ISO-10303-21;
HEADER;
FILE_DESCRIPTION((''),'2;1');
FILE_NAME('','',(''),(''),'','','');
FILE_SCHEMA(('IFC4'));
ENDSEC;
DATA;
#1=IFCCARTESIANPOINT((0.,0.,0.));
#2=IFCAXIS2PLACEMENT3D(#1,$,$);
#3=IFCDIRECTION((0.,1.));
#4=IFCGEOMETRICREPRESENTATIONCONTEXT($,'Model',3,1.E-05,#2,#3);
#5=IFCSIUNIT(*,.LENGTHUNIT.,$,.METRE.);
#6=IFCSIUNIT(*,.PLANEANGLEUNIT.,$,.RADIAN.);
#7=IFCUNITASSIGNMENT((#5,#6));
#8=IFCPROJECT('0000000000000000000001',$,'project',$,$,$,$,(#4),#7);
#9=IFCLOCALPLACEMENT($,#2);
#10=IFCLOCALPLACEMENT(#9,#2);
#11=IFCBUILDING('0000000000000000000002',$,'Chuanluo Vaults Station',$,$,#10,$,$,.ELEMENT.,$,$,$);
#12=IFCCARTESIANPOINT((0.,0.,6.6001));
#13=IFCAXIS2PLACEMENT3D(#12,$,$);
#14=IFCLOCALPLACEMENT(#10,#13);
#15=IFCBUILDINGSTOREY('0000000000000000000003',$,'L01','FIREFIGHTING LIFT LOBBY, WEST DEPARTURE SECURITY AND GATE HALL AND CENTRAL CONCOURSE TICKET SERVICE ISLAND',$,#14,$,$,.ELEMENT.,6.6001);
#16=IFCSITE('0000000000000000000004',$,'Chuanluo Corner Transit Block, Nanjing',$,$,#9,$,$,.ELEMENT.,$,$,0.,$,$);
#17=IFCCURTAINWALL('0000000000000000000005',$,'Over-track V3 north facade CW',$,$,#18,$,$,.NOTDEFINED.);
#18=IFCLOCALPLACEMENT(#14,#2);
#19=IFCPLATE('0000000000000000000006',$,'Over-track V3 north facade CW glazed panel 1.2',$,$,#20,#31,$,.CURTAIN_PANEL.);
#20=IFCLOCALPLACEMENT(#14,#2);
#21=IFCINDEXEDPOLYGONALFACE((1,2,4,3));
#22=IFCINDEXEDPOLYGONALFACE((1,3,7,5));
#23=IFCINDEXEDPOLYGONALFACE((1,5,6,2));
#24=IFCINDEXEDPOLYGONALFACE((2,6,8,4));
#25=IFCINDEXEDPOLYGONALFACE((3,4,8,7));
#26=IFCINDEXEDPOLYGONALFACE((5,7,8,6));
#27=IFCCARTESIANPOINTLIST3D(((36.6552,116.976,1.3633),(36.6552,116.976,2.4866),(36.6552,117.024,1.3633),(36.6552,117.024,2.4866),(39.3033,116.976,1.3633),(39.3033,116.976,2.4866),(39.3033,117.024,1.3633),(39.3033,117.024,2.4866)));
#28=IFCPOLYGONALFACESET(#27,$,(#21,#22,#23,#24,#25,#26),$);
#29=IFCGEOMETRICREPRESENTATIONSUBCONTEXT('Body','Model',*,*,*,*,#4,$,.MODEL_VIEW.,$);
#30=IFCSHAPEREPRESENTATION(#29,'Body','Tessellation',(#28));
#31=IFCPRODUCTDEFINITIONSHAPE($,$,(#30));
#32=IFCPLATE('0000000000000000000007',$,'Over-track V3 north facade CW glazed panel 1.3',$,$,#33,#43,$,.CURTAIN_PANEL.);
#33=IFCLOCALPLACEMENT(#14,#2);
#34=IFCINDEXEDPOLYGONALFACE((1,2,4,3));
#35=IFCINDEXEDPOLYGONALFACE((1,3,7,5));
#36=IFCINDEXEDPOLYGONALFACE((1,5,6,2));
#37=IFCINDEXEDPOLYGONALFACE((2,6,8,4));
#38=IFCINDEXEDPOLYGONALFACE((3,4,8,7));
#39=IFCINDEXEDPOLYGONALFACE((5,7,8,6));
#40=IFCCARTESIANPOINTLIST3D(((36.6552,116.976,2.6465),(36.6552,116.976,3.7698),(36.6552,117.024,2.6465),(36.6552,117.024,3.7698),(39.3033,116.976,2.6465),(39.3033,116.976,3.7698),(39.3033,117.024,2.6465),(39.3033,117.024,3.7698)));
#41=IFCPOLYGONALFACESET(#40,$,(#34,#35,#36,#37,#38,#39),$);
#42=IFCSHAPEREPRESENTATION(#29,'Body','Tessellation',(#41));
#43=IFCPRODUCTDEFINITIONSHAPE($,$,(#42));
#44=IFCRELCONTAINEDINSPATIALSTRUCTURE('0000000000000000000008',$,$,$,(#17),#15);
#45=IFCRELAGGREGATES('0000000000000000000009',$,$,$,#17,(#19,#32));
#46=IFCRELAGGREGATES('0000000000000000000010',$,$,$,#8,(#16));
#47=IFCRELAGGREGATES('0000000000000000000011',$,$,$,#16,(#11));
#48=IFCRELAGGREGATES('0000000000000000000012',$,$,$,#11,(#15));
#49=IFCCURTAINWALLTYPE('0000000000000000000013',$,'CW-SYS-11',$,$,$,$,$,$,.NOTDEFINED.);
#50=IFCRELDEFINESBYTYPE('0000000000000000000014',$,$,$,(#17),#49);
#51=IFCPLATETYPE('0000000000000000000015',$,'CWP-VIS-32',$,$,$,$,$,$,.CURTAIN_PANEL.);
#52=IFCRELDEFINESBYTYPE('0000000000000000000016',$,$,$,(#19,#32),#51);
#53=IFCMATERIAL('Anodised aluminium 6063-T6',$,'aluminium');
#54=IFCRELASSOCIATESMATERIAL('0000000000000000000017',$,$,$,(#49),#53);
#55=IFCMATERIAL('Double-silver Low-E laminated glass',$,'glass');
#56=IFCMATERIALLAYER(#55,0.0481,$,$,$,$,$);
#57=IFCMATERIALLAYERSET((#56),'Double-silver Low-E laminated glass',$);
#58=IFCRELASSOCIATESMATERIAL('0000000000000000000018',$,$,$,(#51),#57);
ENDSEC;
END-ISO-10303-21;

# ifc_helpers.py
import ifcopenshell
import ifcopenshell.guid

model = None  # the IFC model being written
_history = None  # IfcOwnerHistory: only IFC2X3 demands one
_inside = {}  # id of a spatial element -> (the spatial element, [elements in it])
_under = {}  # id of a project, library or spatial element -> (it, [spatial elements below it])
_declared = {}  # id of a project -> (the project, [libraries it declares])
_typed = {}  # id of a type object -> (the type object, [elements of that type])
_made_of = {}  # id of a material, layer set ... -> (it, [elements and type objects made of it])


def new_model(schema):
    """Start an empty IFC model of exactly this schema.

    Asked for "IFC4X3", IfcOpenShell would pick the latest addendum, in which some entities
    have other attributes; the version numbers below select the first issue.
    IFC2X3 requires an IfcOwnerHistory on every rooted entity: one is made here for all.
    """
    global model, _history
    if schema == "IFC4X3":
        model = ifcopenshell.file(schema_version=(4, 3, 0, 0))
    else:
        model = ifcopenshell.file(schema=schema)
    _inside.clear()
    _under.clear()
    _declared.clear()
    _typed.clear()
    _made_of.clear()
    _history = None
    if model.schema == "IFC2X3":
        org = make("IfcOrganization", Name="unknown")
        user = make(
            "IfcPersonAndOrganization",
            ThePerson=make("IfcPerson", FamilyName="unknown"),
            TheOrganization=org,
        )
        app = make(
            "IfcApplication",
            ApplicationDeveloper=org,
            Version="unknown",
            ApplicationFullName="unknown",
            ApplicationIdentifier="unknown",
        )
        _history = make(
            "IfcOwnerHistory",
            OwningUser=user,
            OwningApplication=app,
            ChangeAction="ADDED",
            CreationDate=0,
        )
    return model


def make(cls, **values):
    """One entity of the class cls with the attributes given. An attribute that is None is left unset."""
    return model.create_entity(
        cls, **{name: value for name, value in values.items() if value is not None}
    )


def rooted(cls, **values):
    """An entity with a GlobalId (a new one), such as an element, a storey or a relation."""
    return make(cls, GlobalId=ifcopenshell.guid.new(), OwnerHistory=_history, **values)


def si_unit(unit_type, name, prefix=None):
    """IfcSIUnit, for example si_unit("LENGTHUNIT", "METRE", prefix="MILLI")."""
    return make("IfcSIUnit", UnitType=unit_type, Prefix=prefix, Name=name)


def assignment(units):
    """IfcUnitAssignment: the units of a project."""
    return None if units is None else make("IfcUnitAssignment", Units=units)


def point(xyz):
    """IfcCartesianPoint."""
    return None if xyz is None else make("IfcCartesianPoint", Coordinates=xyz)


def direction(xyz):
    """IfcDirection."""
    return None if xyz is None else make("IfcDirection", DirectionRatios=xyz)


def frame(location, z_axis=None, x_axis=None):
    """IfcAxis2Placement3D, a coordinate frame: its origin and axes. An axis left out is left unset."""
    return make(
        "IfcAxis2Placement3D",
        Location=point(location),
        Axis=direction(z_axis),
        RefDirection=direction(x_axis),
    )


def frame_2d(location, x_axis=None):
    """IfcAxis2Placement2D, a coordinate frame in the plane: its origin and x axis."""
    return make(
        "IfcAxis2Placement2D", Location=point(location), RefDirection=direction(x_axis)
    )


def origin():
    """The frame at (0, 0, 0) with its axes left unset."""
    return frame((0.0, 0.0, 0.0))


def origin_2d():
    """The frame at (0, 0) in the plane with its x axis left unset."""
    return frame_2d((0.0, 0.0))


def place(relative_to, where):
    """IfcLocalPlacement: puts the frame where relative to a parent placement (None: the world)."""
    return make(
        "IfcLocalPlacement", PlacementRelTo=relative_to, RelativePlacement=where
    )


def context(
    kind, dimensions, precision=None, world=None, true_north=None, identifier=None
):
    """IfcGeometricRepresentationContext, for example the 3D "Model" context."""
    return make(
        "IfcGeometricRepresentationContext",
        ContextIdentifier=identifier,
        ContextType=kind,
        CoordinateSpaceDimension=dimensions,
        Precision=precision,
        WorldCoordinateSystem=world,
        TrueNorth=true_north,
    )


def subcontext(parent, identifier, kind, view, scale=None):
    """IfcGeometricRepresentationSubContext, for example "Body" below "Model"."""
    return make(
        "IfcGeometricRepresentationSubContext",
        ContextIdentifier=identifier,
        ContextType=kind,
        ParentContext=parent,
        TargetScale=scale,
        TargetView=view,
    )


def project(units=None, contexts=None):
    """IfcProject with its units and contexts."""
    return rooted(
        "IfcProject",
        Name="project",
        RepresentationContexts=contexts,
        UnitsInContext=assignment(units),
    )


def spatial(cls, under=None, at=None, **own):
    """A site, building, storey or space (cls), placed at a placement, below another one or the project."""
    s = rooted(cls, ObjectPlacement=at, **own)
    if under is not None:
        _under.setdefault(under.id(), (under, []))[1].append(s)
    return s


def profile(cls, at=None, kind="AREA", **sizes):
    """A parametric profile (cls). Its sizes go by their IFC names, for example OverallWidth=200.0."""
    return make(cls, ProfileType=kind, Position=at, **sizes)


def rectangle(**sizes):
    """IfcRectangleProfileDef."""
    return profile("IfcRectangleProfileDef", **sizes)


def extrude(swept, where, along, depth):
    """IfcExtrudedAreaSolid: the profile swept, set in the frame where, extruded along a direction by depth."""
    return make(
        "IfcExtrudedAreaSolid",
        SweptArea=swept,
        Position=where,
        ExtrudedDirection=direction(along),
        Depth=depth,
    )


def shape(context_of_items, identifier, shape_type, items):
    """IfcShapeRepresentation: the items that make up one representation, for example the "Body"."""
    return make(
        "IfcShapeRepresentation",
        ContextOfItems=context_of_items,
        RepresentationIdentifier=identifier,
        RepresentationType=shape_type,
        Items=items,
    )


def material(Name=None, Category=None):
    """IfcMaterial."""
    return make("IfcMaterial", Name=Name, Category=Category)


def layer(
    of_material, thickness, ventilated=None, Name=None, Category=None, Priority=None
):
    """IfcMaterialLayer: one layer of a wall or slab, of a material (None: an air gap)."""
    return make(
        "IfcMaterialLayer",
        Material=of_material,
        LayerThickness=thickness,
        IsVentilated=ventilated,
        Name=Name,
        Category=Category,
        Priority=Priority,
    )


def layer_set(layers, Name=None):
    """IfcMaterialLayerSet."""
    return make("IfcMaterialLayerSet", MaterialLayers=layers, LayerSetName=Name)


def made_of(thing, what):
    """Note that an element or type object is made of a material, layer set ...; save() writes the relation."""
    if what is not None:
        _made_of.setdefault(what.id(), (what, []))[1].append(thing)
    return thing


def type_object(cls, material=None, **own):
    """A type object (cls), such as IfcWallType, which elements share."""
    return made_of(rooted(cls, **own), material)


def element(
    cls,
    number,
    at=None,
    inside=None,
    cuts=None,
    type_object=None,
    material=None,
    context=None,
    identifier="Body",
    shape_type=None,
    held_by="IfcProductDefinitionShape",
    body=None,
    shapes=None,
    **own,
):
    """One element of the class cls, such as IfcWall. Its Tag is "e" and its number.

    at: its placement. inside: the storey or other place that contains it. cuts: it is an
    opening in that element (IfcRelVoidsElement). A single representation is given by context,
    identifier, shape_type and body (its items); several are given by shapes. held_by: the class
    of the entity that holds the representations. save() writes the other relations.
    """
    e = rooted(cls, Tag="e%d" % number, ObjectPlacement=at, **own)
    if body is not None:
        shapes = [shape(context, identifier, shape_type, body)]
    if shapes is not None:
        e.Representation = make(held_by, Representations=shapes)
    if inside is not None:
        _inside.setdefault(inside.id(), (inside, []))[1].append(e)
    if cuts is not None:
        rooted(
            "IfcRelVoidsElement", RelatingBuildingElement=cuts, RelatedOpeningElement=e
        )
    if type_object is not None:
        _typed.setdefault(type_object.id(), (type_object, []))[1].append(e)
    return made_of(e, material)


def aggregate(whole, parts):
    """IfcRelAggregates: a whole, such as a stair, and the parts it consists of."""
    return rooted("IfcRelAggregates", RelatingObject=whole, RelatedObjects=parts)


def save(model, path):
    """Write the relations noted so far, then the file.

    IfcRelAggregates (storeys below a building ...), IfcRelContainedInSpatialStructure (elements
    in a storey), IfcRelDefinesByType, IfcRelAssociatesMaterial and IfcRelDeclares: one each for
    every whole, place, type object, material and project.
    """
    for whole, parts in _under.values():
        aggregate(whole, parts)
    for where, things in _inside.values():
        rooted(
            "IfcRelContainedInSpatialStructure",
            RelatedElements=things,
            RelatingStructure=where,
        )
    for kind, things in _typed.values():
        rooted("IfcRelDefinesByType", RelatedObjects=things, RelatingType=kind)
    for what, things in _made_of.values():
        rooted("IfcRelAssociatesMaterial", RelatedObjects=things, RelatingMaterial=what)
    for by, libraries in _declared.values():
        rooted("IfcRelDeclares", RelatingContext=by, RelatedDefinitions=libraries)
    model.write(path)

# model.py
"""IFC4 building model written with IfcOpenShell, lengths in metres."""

from ifc_helpers import new_model, si_unit, direction, frame, origin, origin_2d, place, context, subcontext, project, spatial, rectangle, extrude, material, layer, layer_set, type_object, element, aggregate, save


model = new_model("IFC4")

# Units and contexts
model_context = context("Model", 3, precision=1e-05, world=origin(), true_north=direction((0.0, 1.0)))
body_context = subcontext(model_context, "Body", "Model", "MODEL_VIEW")
ifc_project = project(units=[si_unit("LENGTHUNIT", "METRE"), si_unit("PLANEANGLEUNIT", "RADIAN")], contexts=[model_context])

# Site, building, storey
site_placement = place(None, origin())
site = spatial("IfcSite", under=ifc_project, at=site_placement, Name="Chuanluo Corner Transit Block, Nanjing", CompositionType="ELEMENT", RefElevation=0.0)
building_placement = place(site_placement, origin())
building = spatial("IfcBuilding", under=site, at=building_placement, Name="Chuanluo Vaults Station", CompositionType="ELEMENT")
storey_placement = place(building_placement, frame((0.0, 0.0, 6.6001)))
storey = spatial("IfcBuildingStorey", under=building, at=storey_placement, Name="L01", Description="FIREFIGHTING LIFT LOBBY, WEST DEPARTURE SECURITY AND GATE HALL AND CENTRAL CONCOURSE TICKET SERVICE ISLAND", CompositionType="ELEMENT", Elevation=6.6001)

# Curtain wall
ifc_material_1 = material(Name="Anodised aluminium 6063-T6", Category="aluminium")
curtain_wall_type_1 = type_object("IfcCurtainWallType", Name="CW-SYS-11", PredefinedType="NOTDEFINED", material=ifc_material_1)
curtain_wall_1_placement = place(storey_placement, origin())
curtain_wall_1 = element("IfcCurtainWall", 1, at=curtain_wall_1_placement, inside=storey, type_object=curtain_wall_type_1, Name="Over-track V3 north facade CW", PredefinedType="NOTDEFINED")

# Plates
ifc_material_2 = material(Name="Double-silver Low-E laminated glass", Category="glass")
ifc_layer_1 = layer(ifc_material_2, 0.0481)
ifc_layer_set_1 = layer_set([ifc_layer_1], Name="Double-silver Low-E laminated glass")
plate_type_1 = type_object("IfcPlateType", Name="CWP-VIS-32", PredefinedType="CURTAIN_PANEL", material=ifc_layer_set_1)
plate_1_placement = place(storey_placement, frame((37.9792, 117.0, 1.3633), z_axis=(0.0, 0.0, 1.0), x_axis=(1.0, 0.0, 0.0)))
plate_1 = element("IfcPlate", 2, at=plate_1_placement, type_object=plate_type_1, Name="Over-track V3 north facade CW glazed panel 1.2", PredefinedType="CURTAIN_PANEL", context=body_context, shape_type="SweptSolid", body=[
    extrude(rectangle(XDim=2.6482, YDim=0.0481, at=origin_2d()), origin(), (0.0, 0.0, 1.0), 1.1233),
])
plate_2_placement = place(storey_placement, frame((37.9792, 117.0, 2.6465), z_axis=(0.0, 0.0, 1.0), x_axis=(1.0, 0.0, 0.0)))
plate_2 = element("IfcPlate", 3, at=plate_2_placement, type_object=plate_type_1, Name="Over-track V3 north facade CW glazed panel 1.3", PredefinedType="CURTAIN_PANEL", context=body_context, shape_type="SweptSolid", body=[
    extrude(rectangle(XDim=2.6482, YDim=0.0481, at=origin_2d()), origin(), (0.0, 0.0, 1.0), 1.1233),
])
aggregate(curtain_wall_1, [plate_1, plate_2])

save(model, "model.ifc")
